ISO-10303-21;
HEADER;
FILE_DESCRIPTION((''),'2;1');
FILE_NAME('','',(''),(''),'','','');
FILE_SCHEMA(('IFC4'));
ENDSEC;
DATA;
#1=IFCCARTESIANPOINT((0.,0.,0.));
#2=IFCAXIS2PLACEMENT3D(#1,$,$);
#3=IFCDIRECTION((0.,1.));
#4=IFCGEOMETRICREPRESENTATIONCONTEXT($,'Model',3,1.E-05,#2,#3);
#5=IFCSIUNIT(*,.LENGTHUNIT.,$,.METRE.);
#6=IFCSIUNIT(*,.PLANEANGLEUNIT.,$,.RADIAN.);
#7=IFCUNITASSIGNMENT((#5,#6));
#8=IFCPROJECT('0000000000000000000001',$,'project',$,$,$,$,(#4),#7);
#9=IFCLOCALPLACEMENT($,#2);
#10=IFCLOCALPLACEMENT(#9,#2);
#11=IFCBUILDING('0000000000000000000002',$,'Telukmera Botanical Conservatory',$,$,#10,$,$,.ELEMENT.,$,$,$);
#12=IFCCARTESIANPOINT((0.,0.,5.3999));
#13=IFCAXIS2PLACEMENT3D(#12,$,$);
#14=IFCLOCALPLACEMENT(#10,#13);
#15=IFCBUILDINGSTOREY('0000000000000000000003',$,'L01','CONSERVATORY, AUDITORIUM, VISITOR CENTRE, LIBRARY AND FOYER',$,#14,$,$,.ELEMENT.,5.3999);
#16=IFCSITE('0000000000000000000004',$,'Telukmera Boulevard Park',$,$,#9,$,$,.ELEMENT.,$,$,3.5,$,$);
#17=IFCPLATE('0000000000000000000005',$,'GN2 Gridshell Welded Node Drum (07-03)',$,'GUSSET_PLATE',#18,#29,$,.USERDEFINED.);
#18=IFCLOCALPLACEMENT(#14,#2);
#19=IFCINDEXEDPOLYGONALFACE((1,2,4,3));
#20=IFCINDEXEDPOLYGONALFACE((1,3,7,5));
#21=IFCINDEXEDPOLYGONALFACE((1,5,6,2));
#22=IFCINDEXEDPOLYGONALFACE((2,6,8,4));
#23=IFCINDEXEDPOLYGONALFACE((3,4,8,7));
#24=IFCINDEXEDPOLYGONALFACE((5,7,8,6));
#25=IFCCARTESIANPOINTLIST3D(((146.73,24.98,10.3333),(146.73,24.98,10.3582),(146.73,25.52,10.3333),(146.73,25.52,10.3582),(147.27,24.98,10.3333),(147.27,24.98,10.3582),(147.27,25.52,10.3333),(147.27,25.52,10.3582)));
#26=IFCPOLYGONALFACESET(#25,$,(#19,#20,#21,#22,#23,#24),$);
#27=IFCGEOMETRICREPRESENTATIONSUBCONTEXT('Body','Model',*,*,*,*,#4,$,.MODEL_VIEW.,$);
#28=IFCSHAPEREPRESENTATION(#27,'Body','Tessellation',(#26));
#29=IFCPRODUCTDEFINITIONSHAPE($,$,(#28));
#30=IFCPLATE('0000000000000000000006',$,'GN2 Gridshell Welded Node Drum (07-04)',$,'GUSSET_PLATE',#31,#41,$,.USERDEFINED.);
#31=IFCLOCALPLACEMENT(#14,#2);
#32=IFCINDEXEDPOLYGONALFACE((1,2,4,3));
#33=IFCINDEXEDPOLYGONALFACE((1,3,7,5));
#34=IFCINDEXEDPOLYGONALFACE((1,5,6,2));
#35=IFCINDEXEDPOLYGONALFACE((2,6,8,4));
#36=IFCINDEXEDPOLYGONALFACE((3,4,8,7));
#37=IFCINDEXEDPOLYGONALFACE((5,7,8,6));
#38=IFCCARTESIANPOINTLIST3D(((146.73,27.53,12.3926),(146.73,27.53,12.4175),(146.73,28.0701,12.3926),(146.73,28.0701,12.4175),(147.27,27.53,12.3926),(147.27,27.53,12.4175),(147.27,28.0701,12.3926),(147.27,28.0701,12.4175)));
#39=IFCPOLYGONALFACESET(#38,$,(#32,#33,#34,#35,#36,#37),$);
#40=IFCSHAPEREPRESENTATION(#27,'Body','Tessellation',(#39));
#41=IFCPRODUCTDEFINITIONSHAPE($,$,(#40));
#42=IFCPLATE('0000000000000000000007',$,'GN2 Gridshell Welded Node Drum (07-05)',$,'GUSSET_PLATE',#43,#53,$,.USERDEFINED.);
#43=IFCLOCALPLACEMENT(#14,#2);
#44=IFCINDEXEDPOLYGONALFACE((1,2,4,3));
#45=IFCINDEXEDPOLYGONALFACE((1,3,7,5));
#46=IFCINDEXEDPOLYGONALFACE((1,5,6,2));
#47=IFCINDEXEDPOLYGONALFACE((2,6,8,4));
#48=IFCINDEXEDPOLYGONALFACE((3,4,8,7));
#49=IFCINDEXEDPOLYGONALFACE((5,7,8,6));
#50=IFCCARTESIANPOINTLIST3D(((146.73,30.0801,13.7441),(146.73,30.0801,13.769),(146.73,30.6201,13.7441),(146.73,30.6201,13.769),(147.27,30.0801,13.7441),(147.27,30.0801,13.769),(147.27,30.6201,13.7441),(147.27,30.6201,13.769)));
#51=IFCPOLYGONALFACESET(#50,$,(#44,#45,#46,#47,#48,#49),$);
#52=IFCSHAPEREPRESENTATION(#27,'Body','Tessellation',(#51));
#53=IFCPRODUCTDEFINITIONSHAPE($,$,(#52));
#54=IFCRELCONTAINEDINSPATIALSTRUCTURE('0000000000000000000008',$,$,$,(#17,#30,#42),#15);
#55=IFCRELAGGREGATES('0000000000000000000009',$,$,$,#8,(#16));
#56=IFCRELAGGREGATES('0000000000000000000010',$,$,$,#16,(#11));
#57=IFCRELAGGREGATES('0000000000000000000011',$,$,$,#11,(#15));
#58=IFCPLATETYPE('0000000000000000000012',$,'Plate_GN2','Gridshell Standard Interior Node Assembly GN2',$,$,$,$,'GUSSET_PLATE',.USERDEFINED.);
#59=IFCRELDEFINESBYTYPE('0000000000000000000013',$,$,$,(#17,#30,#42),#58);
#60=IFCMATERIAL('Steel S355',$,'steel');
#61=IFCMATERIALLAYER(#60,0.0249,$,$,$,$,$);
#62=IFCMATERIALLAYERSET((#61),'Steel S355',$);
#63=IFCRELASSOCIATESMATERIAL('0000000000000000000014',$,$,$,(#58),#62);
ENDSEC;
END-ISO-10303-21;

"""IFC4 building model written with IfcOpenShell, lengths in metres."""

from ifc_helpers import new_model, si_unit, direction, frame, origin, origin_2d, place, context, subcontext, project, spatial, rectangle, extrude, material, layer, layer_set, type_object, element, save


model = new_model("IFC4")

# Units and contexts
model_context = context("Model", 3, precision=1e-05, world=origin(), true_north=direction((0.0, 1.0)))
body_context = subcontext(model_context, "Body", "Model", "MODEL_VIEW")
ifc_project = project(units=[si_unit("LENGTHUNIT", "METRE"), si_unit("PLANEANGLEUNIT", "RADIAN")], contexts=[model_context])

# Site, building, storey
site_placement = place(None, origin())
site = spatial("IfcSite", under=ifc_project, at=site_placement, Name="Telukmera Boulevard Park", CompositionType="ELEMENT", RefElevation=3.5)
building_placement = place(site_placement, origin())
building = spatial("IfcBuilding", under=site, at=building_placement, Name="Telukmera Botanical Conservatory", CompositionType="ELEMENT")
storey_placement = place(building_placement, frame((0.0, 0.0, 5.3999)))
storey = spatial("IfcBuildingStorey", under=building, at=storey_placement, Name="L01", Description="CONSERVATORY, AUDITORIUM, VISITOR CENTRE, LIBRARY AND FOYER", CompositionType="ELEMENT", Elevation=5.3999)

# Shared definitions
ifc_material = material(Name="Steel S355", Category="steel")

# Plates
ifc_layer = layer(ifc_material, 0.0249)
ifc_layer_set = layer_set([ifc_layer], Name="Steel S355")
plate_type = type_object("IfcPlateType", Name="Plate_GN2", Description="Gridshell Standard Interior Node Assembly GN2", ElementType="GUSSET_PLATE", PredefinedType="USERDEFINED", material=ifc_layer_set)
for number, where, z_axis, x_axis, name in (
    (1, (147.0, 25.25, 10.3333), (0.0, 0.0, 1.0), (1.0, 0.0, 0.0), "GN2 Gridshell Welded Node Drum (07-03)"),
    (2, (147.0, 27.8, 12.3926), (0.0, 0.0, 1.0), (1.0, 0.0, 0.0), "GN2 Gridshell Welded Node Drum (07-04)"),
    (3, (147.0, 30.3501, 13.7441), (0.0, 0.0, 1.0), (1.0, 0.0, 0.0), "GN2 Gridshell Welded Node Drum (07-05)"),
):
    element("IfcPlate", number, at=place(storey_placement, frame(where, z_axis=z_axis, x_axis=x_axis)), inside=storey, type_object=plate_type, Name=name, ObjectType="GUSSET_PLATE", PredefinedType="USERDEFINED", context=body_context, shape_type="SweptSolid", body=[
        extrude(rectangle(XDim=0.54, YDim=0.54, at=origin_2d()), origin(), (0.0, 0.0, 1.0), 0.0249),
    ])

save(model, "model.ifc")
